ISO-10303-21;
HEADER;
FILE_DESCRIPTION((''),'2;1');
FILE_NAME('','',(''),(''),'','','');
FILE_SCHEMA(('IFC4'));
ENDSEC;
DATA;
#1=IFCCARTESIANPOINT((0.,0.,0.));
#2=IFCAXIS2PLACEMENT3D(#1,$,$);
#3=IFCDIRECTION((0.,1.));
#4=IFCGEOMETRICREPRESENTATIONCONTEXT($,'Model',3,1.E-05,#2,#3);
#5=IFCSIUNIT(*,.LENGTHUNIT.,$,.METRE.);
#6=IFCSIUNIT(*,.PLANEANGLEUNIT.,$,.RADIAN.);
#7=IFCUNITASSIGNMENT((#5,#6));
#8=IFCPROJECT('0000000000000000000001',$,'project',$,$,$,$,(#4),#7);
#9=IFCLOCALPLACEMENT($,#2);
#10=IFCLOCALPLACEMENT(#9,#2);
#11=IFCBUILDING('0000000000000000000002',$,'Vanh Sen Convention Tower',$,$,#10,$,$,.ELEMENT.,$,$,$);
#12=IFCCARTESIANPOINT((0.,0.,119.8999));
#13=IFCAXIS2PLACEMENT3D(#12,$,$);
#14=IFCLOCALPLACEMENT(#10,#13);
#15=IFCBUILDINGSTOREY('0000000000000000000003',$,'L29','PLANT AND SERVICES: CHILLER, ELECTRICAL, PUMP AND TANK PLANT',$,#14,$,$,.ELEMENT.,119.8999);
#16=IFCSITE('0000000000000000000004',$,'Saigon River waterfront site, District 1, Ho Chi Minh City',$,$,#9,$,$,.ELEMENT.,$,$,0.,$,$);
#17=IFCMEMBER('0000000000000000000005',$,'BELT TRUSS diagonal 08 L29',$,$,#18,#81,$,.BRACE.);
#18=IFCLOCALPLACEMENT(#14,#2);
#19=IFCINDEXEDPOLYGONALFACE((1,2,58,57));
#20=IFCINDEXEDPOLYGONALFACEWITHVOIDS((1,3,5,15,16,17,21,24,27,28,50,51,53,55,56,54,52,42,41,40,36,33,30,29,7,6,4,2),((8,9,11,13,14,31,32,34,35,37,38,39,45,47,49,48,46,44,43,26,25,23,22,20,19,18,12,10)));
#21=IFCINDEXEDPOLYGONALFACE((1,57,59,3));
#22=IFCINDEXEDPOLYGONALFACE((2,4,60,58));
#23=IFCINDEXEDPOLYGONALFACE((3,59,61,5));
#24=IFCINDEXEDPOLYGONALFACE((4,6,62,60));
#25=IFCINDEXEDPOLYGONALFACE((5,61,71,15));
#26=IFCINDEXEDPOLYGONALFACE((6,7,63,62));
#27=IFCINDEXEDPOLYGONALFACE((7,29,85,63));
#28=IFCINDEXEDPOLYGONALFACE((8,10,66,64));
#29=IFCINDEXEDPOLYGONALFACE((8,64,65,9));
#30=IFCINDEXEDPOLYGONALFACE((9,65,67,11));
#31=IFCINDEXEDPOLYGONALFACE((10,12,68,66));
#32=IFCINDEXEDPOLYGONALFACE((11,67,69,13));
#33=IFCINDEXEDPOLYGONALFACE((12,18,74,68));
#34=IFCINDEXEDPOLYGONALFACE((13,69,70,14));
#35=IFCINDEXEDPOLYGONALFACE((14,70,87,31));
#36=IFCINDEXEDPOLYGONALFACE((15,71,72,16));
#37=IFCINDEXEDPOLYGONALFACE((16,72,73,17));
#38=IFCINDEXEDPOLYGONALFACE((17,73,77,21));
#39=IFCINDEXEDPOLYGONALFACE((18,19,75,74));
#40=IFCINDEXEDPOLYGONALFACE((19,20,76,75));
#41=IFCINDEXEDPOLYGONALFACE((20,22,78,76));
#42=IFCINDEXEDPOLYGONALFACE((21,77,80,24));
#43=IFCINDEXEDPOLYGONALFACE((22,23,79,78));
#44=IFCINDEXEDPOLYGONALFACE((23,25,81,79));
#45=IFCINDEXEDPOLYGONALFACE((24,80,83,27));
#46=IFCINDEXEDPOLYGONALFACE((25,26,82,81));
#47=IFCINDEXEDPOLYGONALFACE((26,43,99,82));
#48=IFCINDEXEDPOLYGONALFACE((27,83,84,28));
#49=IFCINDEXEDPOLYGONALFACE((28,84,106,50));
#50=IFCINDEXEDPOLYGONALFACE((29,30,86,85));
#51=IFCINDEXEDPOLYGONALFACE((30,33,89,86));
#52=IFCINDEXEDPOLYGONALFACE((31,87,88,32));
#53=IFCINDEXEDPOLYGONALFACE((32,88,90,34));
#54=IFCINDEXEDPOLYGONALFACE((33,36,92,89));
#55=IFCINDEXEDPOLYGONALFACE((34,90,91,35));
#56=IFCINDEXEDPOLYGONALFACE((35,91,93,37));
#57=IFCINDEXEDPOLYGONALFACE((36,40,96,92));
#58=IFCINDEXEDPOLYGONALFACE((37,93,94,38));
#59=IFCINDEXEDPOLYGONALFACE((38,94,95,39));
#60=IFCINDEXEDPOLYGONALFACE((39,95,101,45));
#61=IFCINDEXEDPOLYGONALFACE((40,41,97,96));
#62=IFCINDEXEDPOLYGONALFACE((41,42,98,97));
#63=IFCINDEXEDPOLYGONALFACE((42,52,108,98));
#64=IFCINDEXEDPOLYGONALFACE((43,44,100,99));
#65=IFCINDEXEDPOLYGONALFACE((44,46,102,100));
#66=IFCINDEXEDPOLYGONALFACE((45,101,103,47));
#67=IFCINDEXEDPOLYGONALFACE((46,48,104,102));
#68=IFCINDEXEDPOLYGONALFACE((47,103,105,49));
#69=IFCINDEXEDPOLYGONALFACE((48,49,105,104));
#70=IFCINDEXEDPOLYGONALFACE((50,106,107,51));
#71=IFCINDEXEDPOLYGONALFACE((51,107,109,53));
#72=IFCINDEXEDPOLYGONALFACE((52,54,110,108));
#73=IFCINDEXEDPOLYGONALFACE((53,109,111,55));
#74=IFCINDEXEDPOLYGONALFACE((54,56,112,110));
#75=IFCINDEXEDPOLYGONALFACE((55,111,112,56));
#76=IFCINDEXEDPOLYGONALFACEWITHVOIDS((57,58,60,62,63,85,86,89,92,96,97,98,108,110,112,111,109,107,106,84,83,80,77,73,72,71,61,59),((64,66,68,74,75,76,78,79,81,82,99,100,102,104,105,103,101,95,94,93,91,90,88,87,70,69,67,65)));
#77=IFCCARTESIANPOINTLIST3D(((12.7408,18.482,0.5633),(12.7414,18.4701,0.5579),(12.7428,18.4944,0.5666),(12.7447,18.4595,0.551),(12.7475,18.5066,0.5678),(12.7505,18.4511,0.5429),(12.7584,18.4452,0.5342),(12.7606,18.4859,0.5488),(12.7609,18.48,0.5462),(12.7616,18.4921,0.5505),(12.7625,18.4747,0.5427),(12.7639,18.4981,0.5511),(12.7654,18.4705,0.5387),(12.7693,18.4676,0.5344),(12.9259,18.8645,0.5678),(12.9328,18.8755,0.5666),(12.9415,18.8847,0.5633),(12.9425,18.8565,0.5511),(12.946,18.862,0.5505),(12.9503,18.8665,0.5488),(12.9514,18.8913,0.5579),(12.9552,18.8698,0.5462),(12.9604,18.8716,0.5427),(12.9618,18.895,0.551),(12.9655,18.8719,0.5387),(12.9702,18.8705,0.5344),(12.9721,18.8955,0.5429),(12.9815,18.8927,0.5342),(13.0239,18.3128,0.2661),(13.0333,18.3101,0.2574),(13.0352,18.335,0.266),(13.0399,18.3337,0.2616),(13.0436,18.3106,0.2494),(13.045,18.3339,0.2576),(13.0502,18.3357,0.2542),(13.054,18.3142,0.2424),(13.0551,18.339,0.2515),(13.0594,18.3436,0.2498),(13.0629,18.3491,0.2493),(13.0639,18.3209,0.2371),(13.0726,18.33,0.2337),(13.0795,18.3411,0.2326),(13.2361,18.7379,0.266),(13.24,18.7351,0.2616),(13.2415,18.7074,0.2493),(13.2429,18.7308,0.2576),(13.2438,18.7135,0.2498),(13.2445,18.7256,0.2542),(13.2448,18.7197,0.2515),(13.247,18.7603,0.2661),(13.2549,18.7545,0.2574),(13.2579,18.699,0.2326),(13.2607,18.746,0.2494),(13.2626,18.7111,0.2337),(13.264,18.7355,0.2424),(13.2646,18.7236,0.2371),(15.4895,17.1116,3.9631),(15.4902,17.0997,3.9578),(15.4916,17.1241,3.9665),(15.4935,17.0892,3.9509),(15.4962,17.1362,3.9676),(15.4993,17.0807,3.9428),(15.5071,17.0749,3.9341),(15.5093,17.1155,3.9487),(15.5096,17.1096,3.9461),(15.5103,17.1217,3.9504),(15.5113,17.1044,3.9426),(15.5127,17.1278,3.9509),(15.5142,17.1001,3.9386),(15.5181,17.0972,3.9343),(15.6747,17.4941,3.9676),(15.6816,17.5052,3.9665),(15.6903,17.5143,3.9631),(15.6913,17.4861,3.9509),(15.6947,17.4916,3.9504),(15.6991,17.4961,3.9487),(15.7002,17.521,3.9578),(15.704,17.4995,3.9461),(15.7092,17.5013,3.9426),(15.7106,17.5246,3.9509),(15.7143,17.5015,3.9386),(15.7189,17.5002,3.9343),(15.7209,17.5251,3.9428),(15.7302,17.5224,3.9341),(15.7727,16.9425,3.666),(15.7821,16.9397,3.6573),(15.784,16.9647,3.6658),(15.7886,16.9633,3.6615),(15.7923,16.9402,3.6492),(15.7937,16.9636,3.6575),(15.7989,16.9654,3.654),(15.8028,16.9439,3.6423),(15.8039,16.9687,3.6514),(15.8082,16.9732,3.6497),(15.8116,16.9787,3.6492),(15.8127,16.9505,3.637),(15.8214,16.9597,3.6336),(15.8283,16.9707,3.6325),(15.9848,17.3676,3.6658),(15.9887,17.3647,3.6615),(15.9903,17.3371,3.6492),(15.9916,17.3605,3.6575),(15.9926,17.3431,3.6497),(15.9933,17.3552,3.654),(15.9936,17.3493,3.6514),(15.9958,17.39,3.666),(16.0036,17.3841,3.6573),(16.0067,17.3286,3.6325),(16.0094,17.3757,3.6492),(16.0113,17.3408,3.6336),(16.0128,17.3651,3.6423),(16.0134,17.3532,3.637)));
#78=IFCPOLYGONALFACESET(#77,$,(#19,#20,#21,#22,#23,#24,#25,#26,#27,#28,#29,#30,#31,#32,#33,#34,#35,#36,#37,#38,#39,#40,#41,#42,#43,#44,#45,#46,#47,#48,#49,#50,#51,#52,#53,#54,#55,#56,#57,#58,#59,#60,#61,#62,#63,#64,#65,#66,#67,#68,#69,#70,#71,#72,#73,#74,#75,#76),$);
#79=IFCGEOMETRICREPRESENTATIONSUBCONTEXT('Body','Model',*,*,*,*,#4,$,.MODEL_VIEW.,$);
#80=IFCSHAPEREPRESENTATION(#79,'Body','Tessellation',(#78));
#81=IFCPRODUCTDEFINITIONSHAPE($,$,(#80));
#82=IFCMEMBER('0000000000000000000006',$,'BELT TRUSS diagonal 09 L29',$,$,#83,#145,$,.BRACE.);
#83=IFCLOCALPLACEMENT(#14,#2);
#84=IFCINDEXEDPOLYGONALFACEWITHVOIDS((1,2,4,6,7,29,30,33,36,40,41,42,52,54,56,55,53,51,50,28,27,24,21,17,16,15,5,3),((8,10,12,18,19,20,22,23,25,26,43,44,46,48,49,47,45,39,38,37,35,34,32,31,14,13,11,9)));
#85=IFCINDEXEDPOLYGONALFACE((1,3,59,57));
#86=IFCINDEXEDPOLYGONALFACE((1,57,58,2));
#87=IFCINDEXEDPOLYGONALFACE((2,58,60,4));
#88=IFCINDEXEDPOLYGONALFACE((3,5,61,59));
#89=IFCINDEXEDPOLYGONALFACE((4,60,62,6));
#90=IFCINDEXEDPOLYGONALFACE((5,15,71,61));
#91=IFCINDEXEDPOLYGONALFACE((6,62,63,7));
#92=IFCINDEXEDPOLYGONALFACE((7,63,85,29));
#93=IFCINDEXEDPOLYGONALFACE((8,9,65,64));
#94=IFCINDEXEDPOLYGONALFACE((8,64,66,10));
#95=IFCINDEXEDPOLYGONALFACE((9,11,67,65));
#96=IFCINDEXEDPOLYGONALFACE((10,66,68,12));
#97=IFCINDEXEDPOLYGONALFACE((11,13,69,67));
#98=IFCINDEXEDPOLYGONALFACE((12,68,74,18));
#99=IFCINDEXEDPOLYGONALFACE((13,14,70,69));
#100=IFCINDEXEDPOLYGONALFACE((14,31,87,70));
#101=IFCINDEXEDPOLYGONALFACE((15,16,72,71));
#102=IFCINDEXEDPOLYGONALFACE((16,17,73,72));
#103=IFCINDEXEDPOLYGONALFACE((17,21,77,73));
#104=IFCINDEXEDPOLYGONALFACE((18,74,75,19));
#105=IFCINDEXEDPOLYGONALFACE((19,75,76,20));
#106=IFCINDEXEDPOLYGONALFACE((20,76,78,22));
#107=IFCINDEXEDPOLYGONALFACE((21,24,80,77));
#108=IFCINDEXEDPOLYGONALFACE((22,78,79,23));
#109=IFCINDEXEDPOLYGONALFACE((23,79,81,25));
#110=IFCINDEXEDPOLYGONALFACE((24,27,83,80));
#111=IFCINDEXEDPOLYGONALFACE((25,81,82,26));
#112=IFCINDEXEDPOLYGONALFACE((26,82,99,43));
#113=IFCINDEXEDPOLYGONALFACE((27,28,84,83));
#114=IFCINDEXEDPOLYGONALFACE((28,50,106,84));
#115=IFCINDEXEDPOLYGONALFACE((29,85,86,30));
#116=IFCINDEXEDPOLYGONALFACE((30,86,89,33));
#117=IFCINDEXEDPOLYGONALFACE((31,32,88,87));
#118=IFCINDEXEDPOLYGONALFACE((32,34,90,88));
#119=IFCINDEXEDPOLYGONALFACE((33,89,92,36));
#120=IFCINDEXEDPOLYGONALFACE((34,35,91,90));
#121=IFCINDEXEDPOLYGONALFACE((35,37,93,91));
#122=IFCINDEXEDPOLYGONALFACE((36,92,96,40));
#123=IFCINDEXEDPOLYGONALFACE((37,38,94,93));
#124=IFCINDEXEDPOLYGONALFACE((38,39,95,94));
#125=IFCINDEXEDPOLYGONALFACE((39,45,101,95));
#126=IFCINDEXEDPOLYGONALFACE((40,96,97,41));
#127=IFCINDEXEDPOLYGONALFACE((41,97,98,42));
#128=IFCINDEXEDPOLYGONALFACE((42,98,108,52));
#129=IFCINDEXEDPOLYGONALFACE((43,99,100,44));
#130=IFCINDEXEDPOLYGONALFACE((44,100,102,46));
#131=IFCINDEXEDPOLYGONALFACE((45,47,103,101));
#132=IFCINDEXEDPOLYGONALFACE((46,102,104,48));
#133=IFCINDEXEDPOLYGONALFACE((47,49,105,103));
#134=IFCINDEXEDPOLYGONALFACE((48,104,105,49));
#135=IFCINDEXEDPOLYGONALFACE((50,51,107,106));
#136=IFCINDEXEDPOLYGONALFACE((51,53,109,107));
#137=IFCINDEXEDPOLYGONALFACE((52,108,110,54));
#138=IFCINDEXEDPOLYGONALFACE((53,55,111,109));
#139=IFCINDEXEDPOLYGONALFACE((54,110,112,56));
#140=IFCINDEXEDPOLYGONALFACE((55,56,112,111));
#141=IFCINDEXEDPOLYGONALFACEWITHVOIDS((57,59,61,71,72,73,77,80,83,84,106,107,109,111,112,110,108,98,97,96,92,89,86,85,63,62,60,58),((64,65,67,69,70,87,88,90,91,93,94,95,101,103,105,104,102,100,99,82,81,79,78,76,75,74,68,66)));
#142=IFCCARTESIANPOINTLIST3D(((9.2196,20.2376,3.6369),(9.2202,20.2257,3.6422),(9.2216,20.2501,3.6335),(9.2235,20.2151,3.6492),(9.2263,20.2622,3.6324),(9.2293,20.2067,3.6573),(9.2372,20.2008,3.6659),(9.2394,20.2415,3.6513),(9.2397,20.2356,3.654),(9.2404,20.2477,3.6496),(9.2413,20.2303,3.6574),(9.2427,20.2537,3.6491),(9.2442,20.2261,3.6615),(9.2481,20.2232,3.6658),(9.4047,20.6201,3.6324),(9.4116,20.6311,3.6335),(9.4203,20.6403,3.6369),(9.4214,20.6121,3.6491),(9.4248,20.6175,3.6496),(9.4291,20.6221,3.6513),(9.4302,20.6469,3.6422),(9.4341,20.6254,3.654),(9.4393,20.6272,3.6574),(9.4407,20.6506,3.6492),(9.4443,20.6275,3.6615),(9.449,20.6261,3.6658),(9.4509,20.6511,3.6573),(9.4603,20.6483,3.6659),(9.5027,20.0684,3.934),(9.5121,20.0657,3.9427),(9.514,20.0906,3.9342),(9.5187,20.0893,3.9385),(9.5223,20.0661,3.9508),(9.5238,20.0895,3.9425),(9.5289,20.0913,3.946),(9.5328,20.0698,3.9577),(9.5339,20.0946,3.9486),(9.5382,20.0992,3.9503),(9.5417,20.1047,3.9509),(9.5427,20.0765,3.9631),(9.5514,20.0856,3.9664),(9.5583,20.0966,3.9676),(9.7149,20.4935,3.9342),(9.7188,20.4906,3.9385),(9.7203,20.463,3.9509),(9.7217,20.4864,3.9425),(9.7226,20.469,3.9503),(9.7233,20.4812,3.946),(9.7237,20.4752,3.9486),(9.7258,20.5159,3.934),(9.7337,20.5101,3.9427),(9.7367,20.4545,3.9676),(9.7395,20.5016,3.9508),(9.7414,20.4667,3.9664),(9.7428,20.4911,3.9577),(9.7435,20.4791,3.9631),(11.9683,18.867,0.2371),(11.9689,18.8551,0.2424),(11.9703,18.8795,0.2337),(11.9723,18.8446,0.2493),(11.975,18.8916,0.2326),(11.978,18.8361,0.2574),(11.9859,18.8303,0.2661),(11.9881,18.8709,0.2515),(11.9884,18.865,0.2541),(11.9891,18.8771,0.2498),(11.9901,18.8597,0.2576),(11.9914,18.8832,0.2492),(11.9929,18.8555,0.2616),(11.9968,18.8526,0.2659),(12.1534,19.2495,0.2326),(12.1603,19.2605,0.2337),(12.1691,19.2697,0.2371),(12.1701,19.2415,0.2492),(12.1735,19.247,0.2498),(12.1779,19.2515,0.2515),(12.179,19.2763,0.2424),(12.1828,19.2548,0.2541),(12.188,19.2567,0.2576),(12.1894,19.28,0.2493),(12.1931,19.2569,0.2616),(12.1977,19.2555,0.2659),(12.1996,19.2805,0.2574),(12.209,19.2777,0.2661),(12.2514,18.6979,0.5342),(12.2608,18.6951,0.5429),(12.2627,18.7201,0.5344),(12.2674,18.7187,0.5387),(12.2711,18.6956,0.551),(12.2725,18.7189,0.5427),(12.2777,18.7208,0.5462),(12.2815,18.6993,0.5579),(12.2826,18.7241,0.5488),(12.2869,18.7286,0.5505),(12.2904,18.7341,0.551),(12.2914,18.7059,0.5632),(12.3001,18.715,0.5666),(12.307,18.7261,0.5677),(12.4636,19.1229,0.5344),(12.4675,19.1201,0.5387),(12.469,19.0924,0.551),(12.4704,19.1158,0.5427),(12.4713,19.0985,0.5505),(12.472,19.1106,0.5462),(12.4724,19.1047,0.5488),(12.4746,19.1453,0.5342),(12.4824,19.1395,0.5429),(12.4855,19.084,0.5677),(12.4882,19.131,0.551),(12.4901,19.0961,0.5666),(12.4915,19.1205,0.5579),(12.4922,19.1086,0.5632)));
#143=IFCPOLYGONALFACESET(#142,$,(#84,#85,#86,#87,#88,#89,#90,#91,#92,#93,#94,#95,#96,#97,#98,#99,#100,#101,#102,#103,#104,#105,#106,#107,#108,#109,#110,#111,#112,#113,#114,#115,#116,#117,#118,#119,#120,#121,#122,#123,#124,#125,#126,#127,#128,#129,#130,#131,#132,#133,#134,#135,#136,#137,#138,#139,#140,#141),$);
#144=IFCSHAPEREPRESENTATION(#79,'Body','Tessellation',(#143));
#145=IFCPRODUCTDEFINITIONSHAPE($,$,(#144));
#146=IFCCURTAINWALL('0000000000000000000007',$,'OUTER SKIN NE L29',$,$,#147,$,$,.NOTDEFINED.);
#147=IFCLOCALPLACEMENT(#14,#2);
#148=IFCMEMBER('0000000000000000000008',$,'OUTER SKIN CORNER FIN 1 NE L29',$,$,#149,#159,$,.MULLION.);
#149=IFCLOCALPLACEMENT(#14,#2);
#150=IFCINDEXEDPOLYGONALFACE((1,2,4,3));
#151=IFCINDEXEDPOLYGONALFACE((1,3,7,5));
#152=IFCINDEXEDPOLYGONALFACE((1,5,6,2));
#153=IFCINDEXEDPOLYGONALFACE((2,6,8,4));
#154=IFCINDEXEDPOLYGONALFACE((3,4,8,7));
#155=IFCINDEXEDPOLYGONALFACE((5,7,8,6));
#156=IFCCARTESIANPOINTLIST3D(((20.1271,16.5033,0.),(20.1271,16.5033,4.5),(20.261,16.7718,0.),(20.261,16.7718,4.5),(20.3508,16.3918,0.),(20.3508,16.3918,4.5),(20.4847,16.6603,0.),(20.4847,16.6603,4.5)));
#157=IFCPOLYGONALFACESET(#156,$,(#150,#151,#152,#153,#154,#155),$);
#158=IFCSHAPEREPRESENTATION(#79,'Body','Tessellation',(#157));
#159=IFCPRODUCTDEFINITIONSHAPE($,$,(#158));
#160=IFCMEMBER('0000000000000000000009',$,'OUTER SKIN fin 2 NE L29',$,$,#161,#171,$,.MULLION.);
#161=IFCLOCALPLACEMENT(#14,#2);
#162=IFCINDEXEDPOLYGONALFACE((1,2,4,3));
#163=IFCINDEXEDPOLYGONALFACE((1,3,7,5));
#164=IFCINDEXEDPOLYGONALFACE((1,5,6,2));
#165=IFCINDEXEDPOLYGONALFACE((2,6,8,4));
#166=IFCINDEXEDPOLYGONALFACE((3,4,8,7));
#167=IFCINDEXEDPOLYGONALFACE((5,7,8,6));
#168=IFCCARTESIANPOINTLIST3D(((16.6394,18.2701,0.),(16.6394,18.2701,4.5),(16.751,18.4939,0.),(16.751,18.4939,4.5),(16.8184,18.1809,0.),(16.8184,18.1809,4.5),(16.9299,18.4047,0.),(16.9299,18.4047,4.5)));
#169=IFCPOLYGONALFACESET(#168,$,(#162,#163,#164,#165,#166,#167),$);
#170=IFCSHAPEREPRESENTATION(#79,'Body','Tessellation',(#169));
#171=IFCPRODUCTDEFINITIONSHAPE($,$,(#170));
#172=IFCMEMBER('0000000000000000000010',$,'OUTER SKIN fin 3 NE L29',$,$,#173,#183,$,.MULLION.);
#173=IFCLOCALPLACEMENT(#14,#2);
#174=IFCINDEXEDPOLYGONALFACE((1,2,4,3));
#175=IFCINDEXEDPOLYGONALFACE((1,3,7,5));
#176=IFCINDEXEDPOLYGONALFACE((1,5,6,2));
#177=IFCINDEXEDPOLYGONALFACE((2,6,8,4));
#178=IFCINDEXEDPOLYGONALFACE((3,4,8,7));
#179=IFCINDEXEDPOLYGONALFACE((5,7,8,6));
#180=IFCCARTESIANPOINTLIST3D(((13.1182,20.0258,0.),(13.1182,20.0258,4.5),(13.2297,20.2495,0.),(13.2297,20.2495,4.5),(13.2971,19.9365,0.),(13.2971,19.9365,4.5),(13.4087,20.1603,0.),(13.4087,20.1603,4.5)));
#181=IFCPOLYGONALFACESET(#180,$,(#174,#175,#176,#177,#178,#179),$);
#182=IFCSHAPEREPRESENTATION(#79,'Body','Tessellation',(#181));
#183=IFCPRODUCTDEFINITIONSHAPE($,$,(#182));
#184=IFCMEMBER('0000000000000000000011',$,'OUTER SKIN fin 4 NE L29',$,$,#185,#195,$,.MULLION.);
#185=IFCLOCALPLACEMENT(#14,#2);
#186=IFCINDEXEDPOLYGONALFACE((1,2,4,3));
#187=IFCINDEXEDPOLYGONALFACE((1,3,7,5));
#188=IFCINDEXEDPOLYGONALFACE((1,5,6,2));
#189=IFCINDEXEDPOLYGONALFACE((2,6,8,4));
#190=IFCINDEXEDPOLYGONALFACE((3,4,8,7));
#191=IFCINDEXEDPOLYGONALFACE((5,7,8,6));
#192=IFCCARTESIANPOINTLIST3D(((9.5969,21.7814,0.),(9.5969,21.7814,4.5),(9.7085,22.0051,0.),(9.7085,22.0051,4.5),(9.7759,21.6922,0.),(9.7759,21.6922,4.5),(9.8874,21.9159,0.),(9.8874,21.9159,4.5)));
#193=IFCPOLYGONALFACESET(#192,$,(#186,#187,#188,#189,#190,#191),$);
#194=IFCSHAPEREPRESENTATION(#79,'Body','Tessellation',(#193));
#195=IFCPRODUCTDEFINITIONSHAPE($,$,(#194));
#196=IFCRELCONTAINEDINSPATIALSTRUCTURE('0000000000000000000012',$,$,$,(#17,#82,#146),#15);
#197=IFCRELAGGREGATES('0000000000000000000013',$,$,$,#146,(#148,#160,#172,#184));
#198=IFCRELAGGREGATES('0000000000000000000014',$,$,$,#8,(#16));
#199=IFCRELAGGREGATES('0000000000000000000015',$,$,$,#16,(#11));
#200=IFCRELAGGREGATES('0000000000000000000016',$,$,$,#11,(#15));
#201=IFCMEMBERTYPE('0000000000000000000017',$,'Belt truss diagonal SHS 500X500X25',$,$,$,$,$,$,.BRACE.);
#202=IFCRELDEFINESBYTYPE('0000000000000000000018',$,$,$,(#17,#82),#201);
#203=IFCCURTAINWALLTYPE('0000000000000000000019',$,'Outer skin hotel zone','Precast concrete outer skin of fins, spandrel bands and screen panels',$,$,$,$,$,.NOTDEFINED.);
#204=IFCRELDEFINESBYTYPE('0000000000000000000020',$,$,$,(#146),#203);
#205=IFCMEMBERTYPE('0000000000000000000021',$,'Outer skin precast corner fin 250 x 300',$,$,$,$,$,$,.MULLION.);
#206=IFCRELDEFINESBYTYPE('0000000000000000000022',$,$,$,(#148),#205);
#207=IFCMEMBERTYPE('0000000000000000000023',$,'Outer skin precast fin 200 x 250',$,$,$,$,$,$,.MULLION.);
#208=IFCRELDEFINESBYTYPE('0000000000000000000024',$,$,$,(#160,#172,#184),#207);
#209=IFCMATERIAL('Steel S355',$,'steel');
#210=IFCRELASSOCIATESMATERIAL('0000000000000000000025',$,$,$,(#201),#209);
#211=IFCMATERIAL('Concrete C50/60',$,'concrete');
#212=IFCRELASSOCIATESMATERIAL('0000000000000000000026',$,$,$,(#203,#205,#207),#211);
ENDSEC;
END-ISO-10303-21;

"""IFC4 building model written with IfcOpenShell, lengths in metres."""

from ifc_helpers import new_model, si_unit, direction, frame, origin, origin_2d, place, context, subcontext, project, spatial, rectangle, hollow_rectangle, extrude, material, material_profile, profile_set, type_object, element, aggregate, save


model = new_model("IFC4")

# Units and contexts
model_context = context("Model", 3, precision=1e-05, world=origin(), true_north=direction((0.0, 1.0)))
body_context = subcontext(model_context, "Body", "Model", "MODEL_VIEW")
ifc_project = project(units=[si_unit("LENGTHUNIT", "METRE"), si_unit("PLANEANGLEUNIT", "RADIAN")], contexts=[model_context])

# Site, building, storey
site_placement = place(None, origin())
site = spatial("IfcSite", under=ifc_project, at=site_placement, Name="Saigon River waterfront site, District 1, Ho Chi Minh City", CompositionType="ELEMENT", RefElevation=0.0)
building_placement = place(site_placement, origin())
building = spatial("IfcBuilding", under=site, at=building_placement, Name="Vanh Sen Convention Tower", CompositionType="ELEMENT")
storey_placement = place(building_placement, frame((0.0, 0.0, 119.8999)))
storey = spatial("IfcBuildingStorey", under=building, at=storey_placement, Name="L29", Description="PLANT AND SERVICES: CHILLER, ELECTRICAL, PUMP AND TANK PLANT", CompositionType="ELEMENT", Elevation=119.8999)

# Members
ifc_material_1 = material(Name="Steel S355", Category="steel")
ifc_material_profile_1 = material_profile(ifc_material_1, hollow_rectangle(XDim=0.5, YDim=0.5, WallThickness=0.0249, InnerFilletRadius=0.0249, OuterFilletRadius=0.05, at=origin_2d()), Name="SHS 500X500X25")
ifc_profile_set_1 = profile_set([ifc_material_profile_1], Name="Steel S355")
member_type_1 = type_object("IfcMemberType", Name="Belt truss diagonal SHS 500X500X25", PredefinedType="BRACE", material=ifc_profile_set_1)
for number, where, z_axis, x_axis, name in (
    (1, (15.7515, 17.2324, 3.8), (-0.599933, 0.299087, -0.742043), (-0.446164, -0.894951, 0.0), "BELT TRUSS diagonal 08 L29"),
    (2, (12.2302, 18.9878, 0.4001), (-0.599923, 0.299136, 0.742031), (-0.446228, -0.894919, 0.0), "BELT TRUSS diagonal 09 L29"),
):
    element("IfcMember", number, at=place(storey_placement, frame(where, z_axis=z_axis, x_axis=x_axis)), inside=storey, type_object=member_type_1, Name=name, PredefinedType="BRACE", context=body_context, shape_type="SweptSolid", body=[
        extrude(hollow_rectangle(XDim=0.5, YDim=0.5, WallThickness=0.0249, InnerFilletRadius=0.0249, OuterFilletRadius=0.05, at=origin_2d()), origin(), (0.0, 0.0, 1.0), 4.5818),
    ])

# Curtain wall, members
ifc_material_2 = material(Name="Concrete C50/60", Category="concrete")
curtain_wall_type = type_object("IfcCurtainWallType", Name="Outer skin hotel zone", Description="Precast concrete outer skin of fins, spandrel bands and screen panels", PredefinedType="NOTDEFINED", material=ifc_material_2)
curtain_wall_placement = place(storey_placement, origin())
curtain_wall = element("IfcCurtainWall", 3, at=curtain_wall_placement, inside=storey, type_object=curtain_wall_type, Name="OUTER SKIN NE L29", PredefinedType="NOTDEFINED")
ifc_material_profile_2 = material_profile(ifc_material_2, rectangle(XDim=0.25, YDim=0.3, at=origin_2d()), Name="Outer skin precast corner fin 250 x 300")
ifc_profile_set_2 = profile_set([ifc_material_profile_2], Name="Concrete C50/60")
member_type_2 = type_object("IfcMemberType", Name="Outer skin precast corner fin 250 x 300", PredefinedType="MULLION", material=ifc_profile_set_2)
member_1_placement = place(storey_placement, frame((20.3059, 16.5818, 0.0), z_axis=(0.0, 0.0, 1.0), x_axis=(-0.894934, 0.446198, 0.0)))
member_1 = element("IfcMember", 4, at=member_1_placement, type_object=member_type_2, Name="OUTER SKIN CORNER FIN 1 NE L29", PredefinedType="MULLION", context=body_context, shape_type="SweptSolid", body=[
    extrude(rectangle(XDim=0.25, YDim=0.3, at=origin_2d()), origin(), (0.0, 0.0, 1.0), 4.5),
])
ifc_material_profile_3 = material_profile(ifc_material_2, rectangle(XDim=0.2, YDim=0.25, at=origin_2d()), Name="Outer skin precast fin 200 x 250")
ifc_profile_set_3 = profile_set([ifc_material_profile_3], Name="Concrete C50/60")
member_type_3 = type_object("IfcMemberType", Name="Outer skin precast fin 200 x 250", PredefinedType="MULLION", material=ifc_profile_set_3)
member_2_placement = place(storey_placement, frame((16.7847, 18.3374, 0.0), z_axis=(0.0, 0.0, 1.0), x_axis=(-0.894934, 0.446198, 0.0)))
member_2 = element("IfcMember", 5, at=member_2_placement, type_object=member_type_3, Name="OUTER SKIN fin 2 NE L29", PredefinedType="MULLION", context=body_context, shape_type="SweptSolid", body=[
    extrude(rectangle(XDim=0.2, YDim=0.25, at=origin_2d()), origin(), (0.0, 0.0, 1.0), 4.5),
])
member_3_placement = place(storey_placement, frame((13.2634, 20.093, 0.0), z_axis=(0.0, 0.0, 1.0), x_axis=(-0.894934, 0.446198, 0.0)))
member_3 = element("IfcMember", 6, at=member_3_placement, type_object=member_type_3, Name="OUTER SKIN fin 3 NE L29", PredefinedType="MULLION", context=body_context, shape_type="SweptSolid", body=[
    extrude(rectangle(XDim=0.2, YDim=0.25, at=origin_2d()), origin(), (0.0, 0.0, 1.0), 4.5),
])
member_4_placement = place(storey_placement, frame((9.7422, 21.8486, 0.0), z_axis=(0.0, 0.0, 1.0), x_axis=(-0.894934, 0.446198, 0.0)))
member_4 = element("IfcMember", 7, at=member_4_placement, type_object=member_type_3, Name="OUTER SKIN fin 4 NE L29", PredefinedType="MULLION", context=body_context, shape_type="SweptSolid", body=[
    extrude(rectangle(XDim=0.2, YDim=0.25, at=origin_2d()), origin(), (0.0, 0.0, 1.0), 4.5),
])

aggregate(curtain_wall, [member_1, member_2, member_3, member_4])

save(model, "model.ifc")
